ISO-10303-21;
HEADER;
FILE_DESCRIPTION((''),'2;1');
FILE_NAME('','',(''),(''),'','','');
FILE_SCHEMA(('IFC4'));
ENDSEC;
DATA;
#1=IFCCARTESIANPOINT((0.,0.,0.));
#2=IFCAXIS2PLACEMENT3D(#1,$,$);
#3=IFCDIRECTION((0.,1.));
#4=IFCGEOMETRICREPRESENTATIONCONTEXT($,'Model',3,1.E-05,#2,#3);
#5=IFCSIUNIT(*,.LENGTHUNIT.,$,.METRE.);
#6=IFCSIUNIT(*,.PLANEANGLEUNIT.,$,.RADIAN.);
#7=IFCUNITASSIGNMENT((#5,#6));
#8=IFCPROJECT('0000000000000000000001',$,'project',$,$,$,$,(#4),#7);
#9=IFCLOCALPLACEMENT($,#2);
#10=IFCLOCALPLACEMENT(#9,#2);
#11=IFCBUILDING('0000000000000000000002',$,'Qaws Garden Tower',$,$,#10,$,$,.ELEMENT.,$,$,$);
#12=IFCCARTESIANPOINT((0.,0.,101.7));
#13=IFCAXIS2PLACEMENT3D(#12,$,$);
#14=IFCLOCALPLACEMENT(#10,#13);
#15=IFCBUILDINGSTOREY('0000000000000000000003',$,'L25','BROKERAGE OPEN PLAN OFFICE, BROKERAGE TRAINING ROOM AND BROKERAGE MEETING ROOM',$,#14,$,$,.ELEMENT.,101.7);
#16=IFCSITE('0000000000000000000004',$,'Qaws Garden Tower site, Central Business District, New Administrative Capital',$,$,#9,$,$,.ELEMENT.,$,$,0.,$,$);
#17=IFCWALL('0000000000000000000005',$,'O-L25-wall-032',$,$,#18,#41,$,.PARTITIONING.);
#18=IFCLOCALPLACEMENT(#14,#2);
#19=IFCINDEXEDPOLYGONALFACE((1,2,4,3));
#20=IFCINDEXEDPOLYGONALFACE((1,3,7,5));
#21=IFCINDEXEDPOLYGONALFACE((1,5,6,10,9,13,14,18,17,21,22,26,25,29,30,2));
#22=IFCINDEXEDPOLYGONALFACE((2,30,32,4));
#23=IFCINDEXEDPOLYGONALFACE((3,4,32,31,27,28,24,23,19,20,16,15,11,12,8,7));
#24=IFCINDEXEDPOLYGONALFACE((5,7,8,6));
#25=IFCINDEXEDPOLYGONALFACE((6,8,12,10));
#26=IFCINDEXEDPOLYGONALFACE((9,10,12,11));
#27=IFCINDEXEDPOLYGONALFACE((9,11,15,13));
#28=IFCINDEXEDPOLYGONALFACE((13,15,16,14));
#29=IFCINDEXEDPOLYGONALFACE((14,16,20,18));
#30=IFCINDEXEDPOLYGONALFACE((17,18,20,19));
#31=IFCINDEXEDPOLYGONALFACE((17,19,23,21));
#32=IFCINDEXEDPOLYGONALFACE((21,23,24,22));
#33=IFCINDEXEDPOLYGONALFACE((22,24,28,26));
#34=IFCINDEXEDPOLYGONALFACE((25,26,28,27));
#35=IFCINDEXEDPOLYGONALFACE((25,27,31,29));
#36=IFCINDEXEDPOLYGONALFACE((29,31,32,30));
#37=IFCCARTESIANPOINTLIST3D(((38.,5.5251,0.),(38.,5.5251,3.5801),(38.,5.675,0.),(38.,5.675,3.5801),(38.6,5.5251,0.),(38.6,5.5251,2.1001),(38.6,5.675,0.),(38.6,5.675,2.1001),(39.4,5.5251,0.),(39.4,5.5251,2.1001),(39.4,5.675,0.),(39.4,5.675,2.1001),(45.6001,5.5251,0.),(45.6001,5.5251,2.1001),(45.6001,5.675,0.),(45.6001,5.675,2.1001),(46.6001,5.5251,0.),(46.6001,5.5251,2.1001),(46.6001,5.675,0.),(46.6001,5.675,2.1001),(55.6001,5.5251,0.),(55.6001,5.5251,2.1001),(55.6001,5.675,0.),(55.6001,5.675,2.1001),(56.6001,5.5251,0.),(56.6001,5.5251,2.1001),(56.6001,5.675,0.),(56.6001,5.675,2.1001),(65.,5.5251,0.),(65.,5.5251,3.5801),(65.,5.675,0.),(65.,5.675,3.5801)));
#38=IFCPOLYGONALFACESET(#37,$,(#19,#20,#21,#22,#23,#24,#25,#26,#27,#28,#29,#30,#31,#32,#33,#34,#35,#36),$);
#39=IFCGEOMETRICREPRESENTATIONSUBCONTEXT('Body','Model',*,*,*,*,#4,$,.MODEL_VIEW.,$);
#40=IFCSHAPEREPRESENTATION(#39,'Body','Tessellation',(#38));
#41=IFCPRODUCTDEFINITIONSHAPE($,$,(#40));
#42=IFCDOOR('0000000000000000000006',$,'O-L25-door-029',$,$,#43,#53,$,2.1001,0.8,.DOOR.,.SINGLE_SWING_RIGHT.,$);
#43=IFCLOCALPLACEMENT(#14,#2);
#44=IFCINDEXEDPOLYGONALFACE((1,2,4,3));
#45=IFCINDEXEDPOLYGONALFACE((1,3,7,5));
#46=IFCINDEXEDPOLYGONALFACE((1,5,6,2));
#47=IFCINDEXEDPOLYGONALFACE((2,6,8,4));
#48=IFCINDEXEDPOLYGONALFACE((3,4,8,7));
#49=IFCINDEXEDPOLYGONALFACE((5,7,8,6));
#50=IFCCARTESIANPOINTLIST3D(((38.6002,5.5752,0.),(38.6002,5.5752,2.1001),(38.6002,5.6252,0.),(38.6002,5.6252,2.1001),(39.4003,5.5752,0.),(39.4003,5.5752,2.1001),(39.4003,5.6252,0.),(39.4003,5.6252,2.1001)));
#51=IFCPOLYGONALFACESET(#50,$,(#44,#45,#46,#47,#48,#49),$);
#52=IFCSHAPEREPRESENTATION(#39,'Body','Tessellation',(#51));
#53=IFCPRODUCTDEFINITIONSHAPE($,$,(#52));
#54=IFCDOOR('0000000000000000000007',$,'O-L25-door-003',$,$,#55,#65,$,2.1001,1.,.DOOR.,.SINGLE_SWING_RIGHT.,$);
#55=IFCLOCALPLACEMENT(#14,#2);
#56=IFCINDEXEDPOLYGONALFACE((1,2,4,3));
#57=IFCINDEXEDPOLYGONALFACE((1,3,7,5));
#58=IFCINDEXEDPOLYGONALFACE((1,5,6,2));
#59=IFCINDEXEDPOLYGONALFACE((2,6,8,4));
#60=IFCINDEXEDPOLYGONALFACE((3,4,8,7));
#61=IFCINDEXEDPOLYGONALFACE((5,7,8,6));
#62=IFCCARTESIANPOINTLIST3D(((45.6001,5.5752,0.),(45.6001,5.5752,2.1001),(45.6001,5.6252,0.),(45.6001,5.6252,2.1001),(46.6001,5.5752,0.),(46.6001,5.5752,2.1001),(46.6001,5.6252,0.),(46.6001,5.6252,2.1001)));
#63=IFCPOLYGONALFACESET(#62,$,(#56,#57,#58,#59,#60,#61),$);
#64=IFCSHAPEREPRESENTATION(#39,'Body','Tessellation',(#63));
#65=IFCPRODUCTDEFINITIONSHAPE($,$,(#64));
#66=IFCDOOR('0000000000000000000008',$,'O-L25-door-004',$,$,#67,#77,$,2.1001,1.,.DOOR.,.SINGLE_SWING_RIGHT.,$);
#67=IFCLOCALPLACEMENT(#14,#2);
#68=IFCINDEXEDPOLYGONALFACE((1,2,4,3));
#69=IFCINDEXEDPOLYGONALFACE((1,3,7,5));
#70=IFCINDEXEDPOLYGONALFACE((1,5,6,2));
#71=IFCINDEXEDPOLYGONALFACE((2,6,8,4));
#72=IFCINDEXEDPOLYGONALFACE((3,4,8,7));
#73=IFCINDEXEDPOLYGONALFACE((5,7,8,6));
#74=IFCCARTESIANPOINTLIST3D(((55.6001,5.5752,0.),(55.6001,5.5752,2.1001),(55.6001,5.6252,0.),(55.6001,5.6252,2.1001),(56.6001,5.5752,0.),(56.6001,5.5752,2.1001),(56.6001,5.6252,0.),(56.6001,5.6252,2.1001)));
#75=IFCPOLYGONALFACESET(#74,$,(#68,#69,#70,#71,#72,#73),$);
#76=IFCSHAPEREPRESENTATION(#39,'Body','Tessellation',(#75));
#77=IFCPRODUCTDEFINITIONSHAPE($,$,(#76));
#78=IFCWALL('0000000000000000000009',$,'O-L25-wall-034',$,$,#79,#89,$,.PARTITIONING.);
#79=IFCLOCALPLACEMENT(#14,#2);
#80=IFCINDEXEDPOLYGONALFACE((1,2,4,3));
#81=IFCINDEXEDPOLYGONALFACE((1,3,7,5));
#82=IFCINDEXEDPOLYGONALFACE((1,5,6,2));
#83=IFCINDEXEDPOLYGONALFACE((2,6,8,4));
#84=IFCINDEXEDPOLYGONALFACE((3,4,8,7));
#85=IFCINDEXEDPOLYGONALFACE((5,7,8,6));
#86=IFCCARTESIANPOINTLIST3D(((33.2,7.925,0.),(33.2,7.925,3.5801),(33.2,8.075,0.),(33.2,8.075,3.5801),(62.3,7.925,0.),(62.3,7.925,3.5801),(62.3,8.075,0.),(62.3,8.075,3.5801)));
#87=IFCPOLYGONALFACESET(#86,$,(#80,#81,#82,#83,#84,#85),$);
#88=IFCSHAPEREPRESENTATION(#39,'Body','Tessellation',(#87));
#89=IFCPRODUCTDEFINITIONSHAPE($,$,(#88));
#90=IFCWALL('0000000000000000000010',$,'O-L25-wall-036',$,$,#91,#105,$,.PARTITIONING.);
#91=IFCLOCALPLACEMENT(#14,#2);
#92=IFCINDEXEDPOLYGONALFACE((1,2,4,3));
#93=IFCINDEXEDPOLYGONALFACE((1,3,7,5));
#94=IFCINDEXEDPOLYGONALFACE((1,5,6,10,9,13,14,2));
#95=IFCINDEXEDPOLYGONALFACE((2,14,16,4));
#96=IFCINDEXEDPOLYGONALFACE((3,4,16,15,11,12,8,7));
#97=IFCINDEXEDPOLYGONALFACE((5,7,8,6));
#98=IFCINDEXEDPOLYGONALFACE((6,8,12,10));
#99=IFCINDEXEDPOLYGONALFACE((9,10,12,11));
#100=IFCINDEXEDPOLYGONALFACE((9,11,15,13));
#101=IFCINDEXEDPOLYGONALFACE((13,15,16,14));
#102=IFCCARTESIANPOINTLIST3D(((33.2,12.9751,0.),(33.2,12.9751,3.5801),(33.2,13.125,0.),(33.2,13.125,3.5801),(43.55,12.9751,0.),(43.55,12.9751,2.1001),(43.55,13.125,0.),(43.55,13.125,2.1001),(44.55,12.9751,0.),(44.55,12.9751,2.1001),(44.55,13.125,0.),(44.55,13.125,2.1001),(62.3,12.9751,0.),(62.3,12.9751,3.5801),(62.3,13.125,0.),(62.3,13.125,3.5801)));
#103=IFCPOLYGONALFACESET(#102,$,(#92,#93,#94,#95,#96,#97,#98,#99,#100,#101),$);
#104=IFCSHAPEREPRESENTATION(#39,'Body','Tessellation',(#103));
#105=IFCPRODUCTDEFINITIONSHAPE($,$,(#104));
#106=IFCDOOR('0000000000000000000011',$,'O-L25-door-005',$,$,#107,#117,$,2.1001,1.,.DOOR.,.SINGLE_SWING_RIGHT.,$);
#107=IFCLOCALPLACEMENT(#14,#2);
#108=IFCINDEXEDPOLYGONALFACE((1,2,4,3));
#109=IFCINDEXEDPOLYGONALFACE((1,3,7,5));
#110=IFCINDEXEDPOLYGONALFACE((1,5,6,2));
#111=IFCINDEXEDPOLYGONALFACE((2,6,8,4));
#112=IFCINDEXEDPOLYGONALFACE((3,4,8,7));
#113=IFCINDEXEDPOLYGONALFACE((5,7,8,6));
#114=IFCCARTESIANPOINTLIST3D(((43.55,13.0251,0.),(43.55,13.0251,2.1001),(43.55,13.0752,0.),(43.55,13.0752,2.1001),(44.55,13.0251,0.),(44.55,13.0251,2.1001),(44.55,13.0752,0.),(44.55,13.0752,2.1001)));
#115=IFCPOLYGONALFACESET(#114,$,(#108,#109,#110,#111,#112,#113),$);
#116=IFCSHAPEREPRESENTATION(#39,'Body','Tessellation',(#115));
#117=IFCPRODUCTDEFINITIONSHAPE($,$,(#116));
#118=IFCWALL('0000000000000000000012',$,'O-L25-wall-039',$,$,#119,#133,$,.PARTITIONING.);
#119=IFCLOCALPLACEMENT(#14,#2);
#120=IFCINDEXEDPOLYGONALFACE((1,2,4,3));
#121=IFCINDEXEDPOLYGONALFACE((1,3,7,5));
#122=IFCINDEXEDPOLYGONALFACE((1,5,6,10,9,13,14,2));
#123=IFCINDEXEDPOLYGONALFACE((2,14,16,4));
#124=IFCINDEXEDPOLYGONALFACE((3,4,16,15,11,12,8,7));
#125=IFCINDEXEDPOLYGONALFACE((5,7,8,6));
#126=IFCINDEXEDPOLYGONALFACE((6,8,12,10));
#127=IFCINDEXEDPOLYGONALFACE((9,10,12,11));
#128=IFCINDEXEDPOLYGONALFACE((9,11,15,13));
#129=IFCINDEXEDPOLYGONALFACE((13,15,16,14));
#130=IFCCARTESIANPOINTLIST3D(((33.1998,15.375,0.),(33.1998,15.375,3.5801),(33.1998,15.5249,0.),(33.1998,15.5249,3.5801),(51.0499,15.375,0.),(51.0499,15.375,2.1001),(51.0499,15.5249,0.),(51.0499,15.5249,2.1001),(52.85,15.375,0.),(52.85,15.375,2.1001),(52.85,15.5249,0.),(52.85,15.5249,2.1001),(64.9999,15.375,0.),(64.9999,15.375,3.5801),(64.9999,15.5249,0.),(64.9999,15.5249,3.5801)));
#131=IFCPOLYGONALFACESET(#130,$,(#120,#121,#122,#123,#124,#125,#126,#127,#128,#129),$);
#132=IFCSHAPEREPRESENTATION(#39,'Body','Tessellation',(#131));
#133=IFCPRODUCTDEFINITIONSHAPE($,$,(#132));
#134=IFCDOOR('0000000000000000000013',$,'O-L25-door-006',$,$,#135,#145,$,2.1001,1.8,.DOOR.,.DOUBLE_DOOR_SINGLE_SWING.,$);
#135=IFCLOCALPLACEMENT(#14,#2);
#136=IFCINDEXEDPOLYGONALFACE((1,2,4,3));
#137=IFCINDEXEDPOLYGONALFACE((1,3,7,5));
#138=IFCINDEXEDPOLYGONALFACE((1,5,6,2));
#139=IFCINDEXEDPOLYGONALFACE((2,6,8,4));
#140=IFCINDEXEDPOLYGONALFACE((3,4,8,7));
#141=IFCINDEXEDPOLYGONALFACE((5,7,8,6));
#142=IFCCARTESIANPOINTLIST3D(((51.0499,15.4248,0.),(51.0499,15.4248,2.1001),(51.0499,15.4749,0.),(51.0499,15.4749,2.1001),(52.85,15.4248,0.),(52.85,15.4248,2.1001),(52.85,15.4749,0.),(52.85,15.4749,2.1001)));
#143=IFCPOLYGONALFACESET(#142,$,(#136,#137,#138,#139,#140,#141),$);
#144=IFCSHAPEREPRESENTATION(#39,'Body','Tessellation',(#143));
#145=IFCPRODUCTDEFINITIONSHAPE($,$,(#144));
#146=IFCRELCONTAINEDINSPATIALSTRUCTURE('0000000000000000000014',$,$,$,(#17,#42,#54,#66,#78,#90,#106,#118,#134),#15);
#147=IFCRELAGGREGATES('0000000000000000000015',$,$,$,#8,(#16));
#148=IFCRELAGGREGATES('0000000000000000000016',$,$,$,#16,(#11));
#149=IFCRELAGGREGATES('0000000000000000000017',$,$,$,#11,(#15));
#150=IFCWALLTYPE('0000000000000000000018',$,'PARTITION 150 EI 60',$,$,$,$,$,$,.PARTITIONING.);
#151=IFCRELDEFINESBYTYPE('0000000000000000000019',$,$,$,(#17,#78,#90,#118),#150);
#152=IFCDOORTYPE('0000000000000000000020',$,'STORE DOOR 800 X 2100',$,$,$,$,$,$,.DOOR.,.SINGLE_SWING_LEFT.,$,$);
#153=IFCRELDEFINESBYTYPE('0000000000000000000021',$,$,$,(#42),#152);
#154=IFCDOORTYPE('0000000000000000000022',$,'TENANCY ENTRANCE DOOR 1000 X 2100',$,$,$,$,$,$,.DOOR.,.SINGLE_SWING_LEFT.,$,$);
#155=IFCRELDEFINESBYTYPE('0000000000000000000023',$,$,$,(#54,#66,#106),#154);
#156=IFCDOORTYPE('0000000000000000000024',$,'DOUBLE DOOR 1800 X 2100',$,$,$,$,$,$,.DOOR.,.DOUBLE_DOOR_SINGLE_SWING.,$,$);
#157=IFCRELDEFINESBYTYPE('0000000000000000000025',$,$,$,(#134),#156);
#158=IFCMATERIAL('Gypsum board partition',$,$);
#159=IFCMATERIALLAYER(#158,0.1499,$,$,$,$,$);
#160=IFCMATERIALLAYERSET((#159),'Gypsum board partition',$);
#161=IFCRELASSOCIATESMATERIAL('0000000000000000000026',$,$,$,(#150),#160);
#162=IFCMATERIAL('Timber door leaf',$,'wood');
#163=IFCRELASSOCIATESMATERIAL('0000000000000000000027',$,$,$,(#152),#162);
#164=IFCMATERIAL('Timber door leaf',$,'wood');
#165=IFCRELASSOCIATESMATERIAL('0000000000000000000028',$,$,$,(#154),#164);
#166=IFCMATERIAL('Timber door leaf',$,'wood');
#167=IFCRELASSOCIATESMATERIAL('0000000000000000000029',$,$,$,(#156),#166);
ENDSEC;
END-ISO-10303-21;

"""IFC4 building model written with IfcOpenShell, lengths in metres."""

from ifc_helpers import new_model, si_unit, direction, frame, frame_2d, origin, place, context, subcontext, project, spatial, rectangle, extrude, material, layer, layer_set, type_object, element, fill, save


model = new_model("IFC4")

# Units and contexts
model_context = context("Model", 3, precision=1e-05, world=origin(), true_north=direction((0.0, 1.0)))
body_context = subcontext(model_context, "Body", "Model", "MODEL_VIEW")
ifc_project = project(units=[si_unit("LENGTHUNIT", "METRE"), si_unit("PLANEANGLEUNIT", "RADIAN")], contexts=[model_context])

# Site, building, storey
site_placement = place(None, origin())
site = spatial("IfcSite", under=ifc_project, at=site_placement, Name="Qaws Garden Tower site, Central Business District, New Administrative Capital", CompositionType="ELEMENT", RefElevation=0.0)
building_placement = place(site_placement, origin())
building = spatial("IfcBuilding", under=site, at=building_placement, Name="Qaws Garden Tower", CompositionType="ELEMENT")
storey_placement = place(building_placement, frame((0.0, 0.0, 101.7)))
storey = spatial("IfcBuildingStorey", under=building, at=storey_placement, Name="L25", Description="BROKERAGE OPEN PLAN OFFICE, BROKERAGE TRAINING ROOM AND BROKERAGE MEETING ROOM", CompositionType="ELEMENT", Elevation=101.7)

# Shared definitions
ifc_material_1 = material(Name="Gypsum board partition")
ifc_layer_1 = layer(ifc_material_1, 0.1499)
ifc_layer_set_1 = layer_set([ifc_layer_1], Name="Gypsum board partition")
wall_type_1 = type_object("IfcWallType", Name="PARTITION 150 EI 60", PredefinedType="PARTITIONING", material=ifc_layer_set_1)

# Wall, openings, doors
wall_1_placement = place(storey_placement, frame((38.0, 5.6001, 0.0), z_axis=(0.0, 0.0, 1.0), x_axis=(1.0, 0.0, 0.0)))
wall_1 = element("IfcWall", 1, at=wall_1_placement, inside=storey, type_object=wall_type_1, Name="O-L25-wall-032", PredefinedType="PARTITIONING", context=body_context, shape_type="SweptSolid", body=[
    extrude(rectangle(XDim=27.0, YDim=0.1499, at=frame_2d((13.5, 0.0))), origin(), (0.0, 0.0, 1.0), 3.5801),
])
opening_1_placement = place(wall_1_placement, frame((7.6001, 0.0, 0.0)))
opening_1 = element("IfcOpeningElement", 2, at=opening_1_placement, cuts=wall_1, PredefinedType="OPENING", context=body_context, shape_type="SweptSolid", body=[
    extrude(rectangle(XDim=1.0, YDim=2.1001, at=frame_2d((0.5, 1.05))), frame((0.0, 0.085, 0.0), z_axis=(0.0, -1.0, 0.0), x_axis=(1.0, 0.0, 0.0)), (0.0, 0.0, 1.0), 0.1699),
])
opening_2_placement = place(wall_1_placement, frame((17.6001, 0.0, 0.0)))
opening_2 = element("IfcOpeningElement", 3, at=opening_2_placement, cuts=wall_1, PredefinedType="OPENING", context=body_context, shape_type="SweptSolid", body=[
    extrude(rectangle(XDim=1.0, YDim=2.1001, at=frame_2d((0.5, 1.05))), frame((0.0, 0.085, 0.0), z_axis=(0.0, -1.0, 0.0), x_axis=(1.0, 0.0, 0.0)), (0.0, 0.0, 1.0), 0.1699),
])
opening_3_placement = place(wall_1_placement, frame((0.6001, 0.0, 0.0)))
opening_3 = element("IfcOpeningElement", 4, at=opening_3_placement, cuts=wall_1, PredefinedType="OPENING", context=body_context, shape_type="SweptSolid", body=[
    extrude(rectangle(XDim=0.8, YDim=2.1001, at=frame_2d((0.3999, 1.05))), frame((0.0, 0.085, 0.0), z_axis=(0.0, -1.0, 0.0), x_axis=(1.0, 0.0, 0.0)), (0.0, 0.0, 1.0), 0.1699),
])
ifc_material_2 = material(Name="Timber door leaf", Category="wood")
door_type_1 = type_object("IfcDoorType", Name="STORE DOOR 800 X 2100", OperationType="SINGLE_SWING_LEFT", PredefinedType="DOOR", material=ifc_material_2)
door_1_placement = place(opening_3_placement, frame((0.8, 0.0, 0.0), z_axis=(0.0, 0.0, 1.0), x_axis=(-1.0, 0.0, 0.0)))
door_1 = element("IfcDoor", 5, at=door_1_placement, inside=storey, type_object=door_type_1, Name="O-L25-door-029", OperationType="SINGLE_SWING_RIGHT", OverallHeight=2.1001, OverallWidth=0.8, PredefinedType="DOOR", context=body_context, shape_type="SweptSolid", body=[
    extrude(rectangle(XDim=0.8, YDim=2.1001, at=frame_2d((0.3999, 1.05))), frame((0.0, 0.0249, 0.0), z_axis=(0.0, -1.0, 0.0), x_axis=(1.0, 0.0, 0.0)), (0.0, 0.0, 1.0), 0.05),
])
fill(opening_3, door_1)
ifc_material_3 = material(Name="Timber door leaf", Category="wood")
door_type_2 = type_object("IfcDoorType", Name="TENANCY ENTRANCE DOOR 1000 X 2100", OperationType="SINGLE_SWING_LEFT", PredefinedType="DOOR", material=ifc_material_3)
door_2_placement = place(opening_1_placement, frame((1.0, 0.0, 0.0), z_axis=(0.0, 0.0, 1.0), x_axis=(-1.0, 0.0, 0.0)))
door_2 = element("IfcDoor", 6, at=door_2_placement, inside=storey, type_object=door_type_2, Name="O-L25-door-003", OperationType="SINGLE_SWING_RIGHT", OverallHeight=2.1001, OverallWidth=1.0, PredefinedType="DOOR", context=body_context, shape_type="SweptSolid", body=[
    extrude(rectangle(XDim=1.0, YDim=2.1001, at=frame_2d((0.5, 1.05))), frame((0.0, 0.0249, 0.0), z_axis=(0.0, -1.0, 0.0), x_axis=(1.0, 0.0, 0.0)), (0.0, 0.0, 1.0), 0.05),
])
fill(opening_1, door_2)
door_3_placement = place(opening_2_placement, frame((1.0, 0.0, 0.0), z_axis=(0.0, 0.0, 1.0), x_axis=(-1.0, 0.0, 0.0)))
door_3 = element("IfcDoor", 7, at=door_3_placement, inside=storey, type_object=door_type_2, Name="O-L25-door-004", OperationType="SINGLE_SWING_RIGHT", OverallHeight=2.1001, OverallWidth=1.0, PredefinedType="DOOR", context=body_context, shape_type="SweptSolid", body=[
    extrude(rectangle(XDim=1.0, YDim=2.1001, at=frame_2d((0.5, 1.05))), frame((0.0, 0.0249, 0.0), z_axis=(0.0, -1.0, 0.0), x_axis=(1.0, 0.0, 0.0)), (0.0, 0.0, 1.0), 0.05),
])
fill(opening_2, door_3)

# Wall
wall_2_placement = place(storey_placement, frame((33.2, 8.0, 0.0), z_axis=(0.0, 0.0, 1.0), x_axis=(1.0, 0.0, 0.0)))
element("IfcWall", 8, at=wall_2_placement, inside=storey, type_object=wall_type_1, Name="O-L25-wall-034", PredefinedType="PARTITIONING", context=body_context, shape_type="SweptSolid", body=[
    extrude(rectangle(XDim=29.1001, YDim=0.1499, at=frame_2d((14.55, 0.0))), origin(), (0.0, 0.0, 1.0), 3.5801),
])

# Walls, openings, doors
wall_3_placement = place(storey_placement, frame((33.2, 13.05, 0.0), z_axis=(0.0, 0.0, 1.0), x_axis=(1.0, 0.0, 0.0)))
wall_3 = element("IfcWall", 9, at=wall_3_placement, inside=storey, type_object=wall_type_1, Name="O-L25-wall-036", PredefinedType="PARTITIONING", context=body_context, shape_type="SweptSolid", body=[
    extrude(rectangle(XDim=29.1001, YDim=0.1499, at=frame_2d((14.55, 0.0))), origin(), (0.0, 0.0, 1.0), 3.5801),
])
opening_4_placement = place(wall_3_placement, frame((10.3501, 0.0, 0.0)))
opening_4 = element("IfcOpeningElement", 10, at=opening_4_placement, cuts=wall_3, PredefinedType="OPENING", context=body_context, shape_type="SweptSolid", body=[
    extrude(rectangle(XDim=1.0, YDim=2.1001, at=frame_2d((0.5, 1.05))), frame((0.0, 0.085, 0.0), z_axis=(0.0, -1.0, 0.0), x_axis=(1.0, 0.0, 0.0)), (0.0, 0.0, 1.0), 0.1699),
])
door_4_placement = place(opening_4_placement, frame((1.0, 0.0, 0.0), z_axis=(0.0, 0.0, 1.0), x_axis=(-1.0, 0.0, 0.0)))
door_4 = element("IfcDoor", 11, at=door_4_placement, inside=storey, type_object=door_type_2, Name="O-L25-door-005", OperationType="SINGLE_SWING_RIGHT", OverallHeight=2.1001, OverallWidth=1.0, PredefinedType="DOOR", context=body_context, shape_type="SweptSolid", body=[
    extrude(rectangle(XDim=1.0, YDim=2.1001, at=frame_2d((0.5, 1.05))), frame((0.0, 0.0249, 0.0), z_axis=(0.0, -1.0, 0.0), x_axis=(1.0, 0.0, 0.0)), (0.0, 0.0, 1.0), 0.05),
])
fill(opening_4, door_4)
wall_4_placement = place(storey_placement, frame((33.2, 15.45, 0.0), z_axis=(0.0, 0.0, 1.0), x_axis=(1.0, 0.0, 0.0)))
wall_4 = element("IfcWall", 12, at=wall_4_placement, inside=storey, type_object=wall_type_1, Name="O-L25-wall-039", PredefinedType="PARTITIONING", context=body_context, shape_type="SweptSolid", body=[
    extrude(rectangle(XDim=31.8, YDim=0.1499, at=frame_2d((15.8999, 0.0))), origin(), (0.0, 0.0, 1.0), 3.5801),
])
opening_5_placement = place(wall_4_placement, frame((17.8501, 0.0, 0.0)))
opening_5 = element("IfcOpeningElement", 13, at=opening_5_placement, cuts=wall_4, PredefinedType="OPENING", context=body_context, shape_type="SweptSolid", body=[
    extrude(rectangle(XDim=1.8, YDim=2.1001, at=frame_2d((0.8999, 1.05))), frame((0.0, 0.085, 0.0), z_axis=(0.0, -1.0, 0.0), x_axis=(1.0, 0.0, 0.0)), (0.0, 0.0, 1.0), 0.1699),
])
ifc_material_4 = material(Name="Timber door leaf", Category="wood")
door_type_3 = type_object("IfcDoorType", Name="DOUBLE DOOR 1800 X 2100", OperationType="DOUBLE_DOOR_SINGLE_SWING", PredefinedType="DOOR", material=ifc_material_4)
door_5_placement = place(opening_5_placement, origin())
door_5 = element("IfcDoor", 14, at=door_5_placement, inside=storey, type_object=door_type_3, Name="O-L25-door-006", OperationType="DOUBLE_DOOR_SINGLE_SWING", OverallHeight=2.1001, OverallWidth=1.8, PredefinedType="DOOR", context=body_context, shape_type="SweptSolid", body=[
    extrude(rectangle(XDim=1.8, YDim=2.1001, at=frame_2d((0.8999, 1.05))), frame((0.0, 0.0249, 0.0), z_axis=(0.0, -1.0, 0.0), x_axis=(1.0, 0.0, 0.0)), (0.0, 0.0, 1.0), 0.05),
])
fill(opening_5, door_5)

save(model, "model.ifc")
